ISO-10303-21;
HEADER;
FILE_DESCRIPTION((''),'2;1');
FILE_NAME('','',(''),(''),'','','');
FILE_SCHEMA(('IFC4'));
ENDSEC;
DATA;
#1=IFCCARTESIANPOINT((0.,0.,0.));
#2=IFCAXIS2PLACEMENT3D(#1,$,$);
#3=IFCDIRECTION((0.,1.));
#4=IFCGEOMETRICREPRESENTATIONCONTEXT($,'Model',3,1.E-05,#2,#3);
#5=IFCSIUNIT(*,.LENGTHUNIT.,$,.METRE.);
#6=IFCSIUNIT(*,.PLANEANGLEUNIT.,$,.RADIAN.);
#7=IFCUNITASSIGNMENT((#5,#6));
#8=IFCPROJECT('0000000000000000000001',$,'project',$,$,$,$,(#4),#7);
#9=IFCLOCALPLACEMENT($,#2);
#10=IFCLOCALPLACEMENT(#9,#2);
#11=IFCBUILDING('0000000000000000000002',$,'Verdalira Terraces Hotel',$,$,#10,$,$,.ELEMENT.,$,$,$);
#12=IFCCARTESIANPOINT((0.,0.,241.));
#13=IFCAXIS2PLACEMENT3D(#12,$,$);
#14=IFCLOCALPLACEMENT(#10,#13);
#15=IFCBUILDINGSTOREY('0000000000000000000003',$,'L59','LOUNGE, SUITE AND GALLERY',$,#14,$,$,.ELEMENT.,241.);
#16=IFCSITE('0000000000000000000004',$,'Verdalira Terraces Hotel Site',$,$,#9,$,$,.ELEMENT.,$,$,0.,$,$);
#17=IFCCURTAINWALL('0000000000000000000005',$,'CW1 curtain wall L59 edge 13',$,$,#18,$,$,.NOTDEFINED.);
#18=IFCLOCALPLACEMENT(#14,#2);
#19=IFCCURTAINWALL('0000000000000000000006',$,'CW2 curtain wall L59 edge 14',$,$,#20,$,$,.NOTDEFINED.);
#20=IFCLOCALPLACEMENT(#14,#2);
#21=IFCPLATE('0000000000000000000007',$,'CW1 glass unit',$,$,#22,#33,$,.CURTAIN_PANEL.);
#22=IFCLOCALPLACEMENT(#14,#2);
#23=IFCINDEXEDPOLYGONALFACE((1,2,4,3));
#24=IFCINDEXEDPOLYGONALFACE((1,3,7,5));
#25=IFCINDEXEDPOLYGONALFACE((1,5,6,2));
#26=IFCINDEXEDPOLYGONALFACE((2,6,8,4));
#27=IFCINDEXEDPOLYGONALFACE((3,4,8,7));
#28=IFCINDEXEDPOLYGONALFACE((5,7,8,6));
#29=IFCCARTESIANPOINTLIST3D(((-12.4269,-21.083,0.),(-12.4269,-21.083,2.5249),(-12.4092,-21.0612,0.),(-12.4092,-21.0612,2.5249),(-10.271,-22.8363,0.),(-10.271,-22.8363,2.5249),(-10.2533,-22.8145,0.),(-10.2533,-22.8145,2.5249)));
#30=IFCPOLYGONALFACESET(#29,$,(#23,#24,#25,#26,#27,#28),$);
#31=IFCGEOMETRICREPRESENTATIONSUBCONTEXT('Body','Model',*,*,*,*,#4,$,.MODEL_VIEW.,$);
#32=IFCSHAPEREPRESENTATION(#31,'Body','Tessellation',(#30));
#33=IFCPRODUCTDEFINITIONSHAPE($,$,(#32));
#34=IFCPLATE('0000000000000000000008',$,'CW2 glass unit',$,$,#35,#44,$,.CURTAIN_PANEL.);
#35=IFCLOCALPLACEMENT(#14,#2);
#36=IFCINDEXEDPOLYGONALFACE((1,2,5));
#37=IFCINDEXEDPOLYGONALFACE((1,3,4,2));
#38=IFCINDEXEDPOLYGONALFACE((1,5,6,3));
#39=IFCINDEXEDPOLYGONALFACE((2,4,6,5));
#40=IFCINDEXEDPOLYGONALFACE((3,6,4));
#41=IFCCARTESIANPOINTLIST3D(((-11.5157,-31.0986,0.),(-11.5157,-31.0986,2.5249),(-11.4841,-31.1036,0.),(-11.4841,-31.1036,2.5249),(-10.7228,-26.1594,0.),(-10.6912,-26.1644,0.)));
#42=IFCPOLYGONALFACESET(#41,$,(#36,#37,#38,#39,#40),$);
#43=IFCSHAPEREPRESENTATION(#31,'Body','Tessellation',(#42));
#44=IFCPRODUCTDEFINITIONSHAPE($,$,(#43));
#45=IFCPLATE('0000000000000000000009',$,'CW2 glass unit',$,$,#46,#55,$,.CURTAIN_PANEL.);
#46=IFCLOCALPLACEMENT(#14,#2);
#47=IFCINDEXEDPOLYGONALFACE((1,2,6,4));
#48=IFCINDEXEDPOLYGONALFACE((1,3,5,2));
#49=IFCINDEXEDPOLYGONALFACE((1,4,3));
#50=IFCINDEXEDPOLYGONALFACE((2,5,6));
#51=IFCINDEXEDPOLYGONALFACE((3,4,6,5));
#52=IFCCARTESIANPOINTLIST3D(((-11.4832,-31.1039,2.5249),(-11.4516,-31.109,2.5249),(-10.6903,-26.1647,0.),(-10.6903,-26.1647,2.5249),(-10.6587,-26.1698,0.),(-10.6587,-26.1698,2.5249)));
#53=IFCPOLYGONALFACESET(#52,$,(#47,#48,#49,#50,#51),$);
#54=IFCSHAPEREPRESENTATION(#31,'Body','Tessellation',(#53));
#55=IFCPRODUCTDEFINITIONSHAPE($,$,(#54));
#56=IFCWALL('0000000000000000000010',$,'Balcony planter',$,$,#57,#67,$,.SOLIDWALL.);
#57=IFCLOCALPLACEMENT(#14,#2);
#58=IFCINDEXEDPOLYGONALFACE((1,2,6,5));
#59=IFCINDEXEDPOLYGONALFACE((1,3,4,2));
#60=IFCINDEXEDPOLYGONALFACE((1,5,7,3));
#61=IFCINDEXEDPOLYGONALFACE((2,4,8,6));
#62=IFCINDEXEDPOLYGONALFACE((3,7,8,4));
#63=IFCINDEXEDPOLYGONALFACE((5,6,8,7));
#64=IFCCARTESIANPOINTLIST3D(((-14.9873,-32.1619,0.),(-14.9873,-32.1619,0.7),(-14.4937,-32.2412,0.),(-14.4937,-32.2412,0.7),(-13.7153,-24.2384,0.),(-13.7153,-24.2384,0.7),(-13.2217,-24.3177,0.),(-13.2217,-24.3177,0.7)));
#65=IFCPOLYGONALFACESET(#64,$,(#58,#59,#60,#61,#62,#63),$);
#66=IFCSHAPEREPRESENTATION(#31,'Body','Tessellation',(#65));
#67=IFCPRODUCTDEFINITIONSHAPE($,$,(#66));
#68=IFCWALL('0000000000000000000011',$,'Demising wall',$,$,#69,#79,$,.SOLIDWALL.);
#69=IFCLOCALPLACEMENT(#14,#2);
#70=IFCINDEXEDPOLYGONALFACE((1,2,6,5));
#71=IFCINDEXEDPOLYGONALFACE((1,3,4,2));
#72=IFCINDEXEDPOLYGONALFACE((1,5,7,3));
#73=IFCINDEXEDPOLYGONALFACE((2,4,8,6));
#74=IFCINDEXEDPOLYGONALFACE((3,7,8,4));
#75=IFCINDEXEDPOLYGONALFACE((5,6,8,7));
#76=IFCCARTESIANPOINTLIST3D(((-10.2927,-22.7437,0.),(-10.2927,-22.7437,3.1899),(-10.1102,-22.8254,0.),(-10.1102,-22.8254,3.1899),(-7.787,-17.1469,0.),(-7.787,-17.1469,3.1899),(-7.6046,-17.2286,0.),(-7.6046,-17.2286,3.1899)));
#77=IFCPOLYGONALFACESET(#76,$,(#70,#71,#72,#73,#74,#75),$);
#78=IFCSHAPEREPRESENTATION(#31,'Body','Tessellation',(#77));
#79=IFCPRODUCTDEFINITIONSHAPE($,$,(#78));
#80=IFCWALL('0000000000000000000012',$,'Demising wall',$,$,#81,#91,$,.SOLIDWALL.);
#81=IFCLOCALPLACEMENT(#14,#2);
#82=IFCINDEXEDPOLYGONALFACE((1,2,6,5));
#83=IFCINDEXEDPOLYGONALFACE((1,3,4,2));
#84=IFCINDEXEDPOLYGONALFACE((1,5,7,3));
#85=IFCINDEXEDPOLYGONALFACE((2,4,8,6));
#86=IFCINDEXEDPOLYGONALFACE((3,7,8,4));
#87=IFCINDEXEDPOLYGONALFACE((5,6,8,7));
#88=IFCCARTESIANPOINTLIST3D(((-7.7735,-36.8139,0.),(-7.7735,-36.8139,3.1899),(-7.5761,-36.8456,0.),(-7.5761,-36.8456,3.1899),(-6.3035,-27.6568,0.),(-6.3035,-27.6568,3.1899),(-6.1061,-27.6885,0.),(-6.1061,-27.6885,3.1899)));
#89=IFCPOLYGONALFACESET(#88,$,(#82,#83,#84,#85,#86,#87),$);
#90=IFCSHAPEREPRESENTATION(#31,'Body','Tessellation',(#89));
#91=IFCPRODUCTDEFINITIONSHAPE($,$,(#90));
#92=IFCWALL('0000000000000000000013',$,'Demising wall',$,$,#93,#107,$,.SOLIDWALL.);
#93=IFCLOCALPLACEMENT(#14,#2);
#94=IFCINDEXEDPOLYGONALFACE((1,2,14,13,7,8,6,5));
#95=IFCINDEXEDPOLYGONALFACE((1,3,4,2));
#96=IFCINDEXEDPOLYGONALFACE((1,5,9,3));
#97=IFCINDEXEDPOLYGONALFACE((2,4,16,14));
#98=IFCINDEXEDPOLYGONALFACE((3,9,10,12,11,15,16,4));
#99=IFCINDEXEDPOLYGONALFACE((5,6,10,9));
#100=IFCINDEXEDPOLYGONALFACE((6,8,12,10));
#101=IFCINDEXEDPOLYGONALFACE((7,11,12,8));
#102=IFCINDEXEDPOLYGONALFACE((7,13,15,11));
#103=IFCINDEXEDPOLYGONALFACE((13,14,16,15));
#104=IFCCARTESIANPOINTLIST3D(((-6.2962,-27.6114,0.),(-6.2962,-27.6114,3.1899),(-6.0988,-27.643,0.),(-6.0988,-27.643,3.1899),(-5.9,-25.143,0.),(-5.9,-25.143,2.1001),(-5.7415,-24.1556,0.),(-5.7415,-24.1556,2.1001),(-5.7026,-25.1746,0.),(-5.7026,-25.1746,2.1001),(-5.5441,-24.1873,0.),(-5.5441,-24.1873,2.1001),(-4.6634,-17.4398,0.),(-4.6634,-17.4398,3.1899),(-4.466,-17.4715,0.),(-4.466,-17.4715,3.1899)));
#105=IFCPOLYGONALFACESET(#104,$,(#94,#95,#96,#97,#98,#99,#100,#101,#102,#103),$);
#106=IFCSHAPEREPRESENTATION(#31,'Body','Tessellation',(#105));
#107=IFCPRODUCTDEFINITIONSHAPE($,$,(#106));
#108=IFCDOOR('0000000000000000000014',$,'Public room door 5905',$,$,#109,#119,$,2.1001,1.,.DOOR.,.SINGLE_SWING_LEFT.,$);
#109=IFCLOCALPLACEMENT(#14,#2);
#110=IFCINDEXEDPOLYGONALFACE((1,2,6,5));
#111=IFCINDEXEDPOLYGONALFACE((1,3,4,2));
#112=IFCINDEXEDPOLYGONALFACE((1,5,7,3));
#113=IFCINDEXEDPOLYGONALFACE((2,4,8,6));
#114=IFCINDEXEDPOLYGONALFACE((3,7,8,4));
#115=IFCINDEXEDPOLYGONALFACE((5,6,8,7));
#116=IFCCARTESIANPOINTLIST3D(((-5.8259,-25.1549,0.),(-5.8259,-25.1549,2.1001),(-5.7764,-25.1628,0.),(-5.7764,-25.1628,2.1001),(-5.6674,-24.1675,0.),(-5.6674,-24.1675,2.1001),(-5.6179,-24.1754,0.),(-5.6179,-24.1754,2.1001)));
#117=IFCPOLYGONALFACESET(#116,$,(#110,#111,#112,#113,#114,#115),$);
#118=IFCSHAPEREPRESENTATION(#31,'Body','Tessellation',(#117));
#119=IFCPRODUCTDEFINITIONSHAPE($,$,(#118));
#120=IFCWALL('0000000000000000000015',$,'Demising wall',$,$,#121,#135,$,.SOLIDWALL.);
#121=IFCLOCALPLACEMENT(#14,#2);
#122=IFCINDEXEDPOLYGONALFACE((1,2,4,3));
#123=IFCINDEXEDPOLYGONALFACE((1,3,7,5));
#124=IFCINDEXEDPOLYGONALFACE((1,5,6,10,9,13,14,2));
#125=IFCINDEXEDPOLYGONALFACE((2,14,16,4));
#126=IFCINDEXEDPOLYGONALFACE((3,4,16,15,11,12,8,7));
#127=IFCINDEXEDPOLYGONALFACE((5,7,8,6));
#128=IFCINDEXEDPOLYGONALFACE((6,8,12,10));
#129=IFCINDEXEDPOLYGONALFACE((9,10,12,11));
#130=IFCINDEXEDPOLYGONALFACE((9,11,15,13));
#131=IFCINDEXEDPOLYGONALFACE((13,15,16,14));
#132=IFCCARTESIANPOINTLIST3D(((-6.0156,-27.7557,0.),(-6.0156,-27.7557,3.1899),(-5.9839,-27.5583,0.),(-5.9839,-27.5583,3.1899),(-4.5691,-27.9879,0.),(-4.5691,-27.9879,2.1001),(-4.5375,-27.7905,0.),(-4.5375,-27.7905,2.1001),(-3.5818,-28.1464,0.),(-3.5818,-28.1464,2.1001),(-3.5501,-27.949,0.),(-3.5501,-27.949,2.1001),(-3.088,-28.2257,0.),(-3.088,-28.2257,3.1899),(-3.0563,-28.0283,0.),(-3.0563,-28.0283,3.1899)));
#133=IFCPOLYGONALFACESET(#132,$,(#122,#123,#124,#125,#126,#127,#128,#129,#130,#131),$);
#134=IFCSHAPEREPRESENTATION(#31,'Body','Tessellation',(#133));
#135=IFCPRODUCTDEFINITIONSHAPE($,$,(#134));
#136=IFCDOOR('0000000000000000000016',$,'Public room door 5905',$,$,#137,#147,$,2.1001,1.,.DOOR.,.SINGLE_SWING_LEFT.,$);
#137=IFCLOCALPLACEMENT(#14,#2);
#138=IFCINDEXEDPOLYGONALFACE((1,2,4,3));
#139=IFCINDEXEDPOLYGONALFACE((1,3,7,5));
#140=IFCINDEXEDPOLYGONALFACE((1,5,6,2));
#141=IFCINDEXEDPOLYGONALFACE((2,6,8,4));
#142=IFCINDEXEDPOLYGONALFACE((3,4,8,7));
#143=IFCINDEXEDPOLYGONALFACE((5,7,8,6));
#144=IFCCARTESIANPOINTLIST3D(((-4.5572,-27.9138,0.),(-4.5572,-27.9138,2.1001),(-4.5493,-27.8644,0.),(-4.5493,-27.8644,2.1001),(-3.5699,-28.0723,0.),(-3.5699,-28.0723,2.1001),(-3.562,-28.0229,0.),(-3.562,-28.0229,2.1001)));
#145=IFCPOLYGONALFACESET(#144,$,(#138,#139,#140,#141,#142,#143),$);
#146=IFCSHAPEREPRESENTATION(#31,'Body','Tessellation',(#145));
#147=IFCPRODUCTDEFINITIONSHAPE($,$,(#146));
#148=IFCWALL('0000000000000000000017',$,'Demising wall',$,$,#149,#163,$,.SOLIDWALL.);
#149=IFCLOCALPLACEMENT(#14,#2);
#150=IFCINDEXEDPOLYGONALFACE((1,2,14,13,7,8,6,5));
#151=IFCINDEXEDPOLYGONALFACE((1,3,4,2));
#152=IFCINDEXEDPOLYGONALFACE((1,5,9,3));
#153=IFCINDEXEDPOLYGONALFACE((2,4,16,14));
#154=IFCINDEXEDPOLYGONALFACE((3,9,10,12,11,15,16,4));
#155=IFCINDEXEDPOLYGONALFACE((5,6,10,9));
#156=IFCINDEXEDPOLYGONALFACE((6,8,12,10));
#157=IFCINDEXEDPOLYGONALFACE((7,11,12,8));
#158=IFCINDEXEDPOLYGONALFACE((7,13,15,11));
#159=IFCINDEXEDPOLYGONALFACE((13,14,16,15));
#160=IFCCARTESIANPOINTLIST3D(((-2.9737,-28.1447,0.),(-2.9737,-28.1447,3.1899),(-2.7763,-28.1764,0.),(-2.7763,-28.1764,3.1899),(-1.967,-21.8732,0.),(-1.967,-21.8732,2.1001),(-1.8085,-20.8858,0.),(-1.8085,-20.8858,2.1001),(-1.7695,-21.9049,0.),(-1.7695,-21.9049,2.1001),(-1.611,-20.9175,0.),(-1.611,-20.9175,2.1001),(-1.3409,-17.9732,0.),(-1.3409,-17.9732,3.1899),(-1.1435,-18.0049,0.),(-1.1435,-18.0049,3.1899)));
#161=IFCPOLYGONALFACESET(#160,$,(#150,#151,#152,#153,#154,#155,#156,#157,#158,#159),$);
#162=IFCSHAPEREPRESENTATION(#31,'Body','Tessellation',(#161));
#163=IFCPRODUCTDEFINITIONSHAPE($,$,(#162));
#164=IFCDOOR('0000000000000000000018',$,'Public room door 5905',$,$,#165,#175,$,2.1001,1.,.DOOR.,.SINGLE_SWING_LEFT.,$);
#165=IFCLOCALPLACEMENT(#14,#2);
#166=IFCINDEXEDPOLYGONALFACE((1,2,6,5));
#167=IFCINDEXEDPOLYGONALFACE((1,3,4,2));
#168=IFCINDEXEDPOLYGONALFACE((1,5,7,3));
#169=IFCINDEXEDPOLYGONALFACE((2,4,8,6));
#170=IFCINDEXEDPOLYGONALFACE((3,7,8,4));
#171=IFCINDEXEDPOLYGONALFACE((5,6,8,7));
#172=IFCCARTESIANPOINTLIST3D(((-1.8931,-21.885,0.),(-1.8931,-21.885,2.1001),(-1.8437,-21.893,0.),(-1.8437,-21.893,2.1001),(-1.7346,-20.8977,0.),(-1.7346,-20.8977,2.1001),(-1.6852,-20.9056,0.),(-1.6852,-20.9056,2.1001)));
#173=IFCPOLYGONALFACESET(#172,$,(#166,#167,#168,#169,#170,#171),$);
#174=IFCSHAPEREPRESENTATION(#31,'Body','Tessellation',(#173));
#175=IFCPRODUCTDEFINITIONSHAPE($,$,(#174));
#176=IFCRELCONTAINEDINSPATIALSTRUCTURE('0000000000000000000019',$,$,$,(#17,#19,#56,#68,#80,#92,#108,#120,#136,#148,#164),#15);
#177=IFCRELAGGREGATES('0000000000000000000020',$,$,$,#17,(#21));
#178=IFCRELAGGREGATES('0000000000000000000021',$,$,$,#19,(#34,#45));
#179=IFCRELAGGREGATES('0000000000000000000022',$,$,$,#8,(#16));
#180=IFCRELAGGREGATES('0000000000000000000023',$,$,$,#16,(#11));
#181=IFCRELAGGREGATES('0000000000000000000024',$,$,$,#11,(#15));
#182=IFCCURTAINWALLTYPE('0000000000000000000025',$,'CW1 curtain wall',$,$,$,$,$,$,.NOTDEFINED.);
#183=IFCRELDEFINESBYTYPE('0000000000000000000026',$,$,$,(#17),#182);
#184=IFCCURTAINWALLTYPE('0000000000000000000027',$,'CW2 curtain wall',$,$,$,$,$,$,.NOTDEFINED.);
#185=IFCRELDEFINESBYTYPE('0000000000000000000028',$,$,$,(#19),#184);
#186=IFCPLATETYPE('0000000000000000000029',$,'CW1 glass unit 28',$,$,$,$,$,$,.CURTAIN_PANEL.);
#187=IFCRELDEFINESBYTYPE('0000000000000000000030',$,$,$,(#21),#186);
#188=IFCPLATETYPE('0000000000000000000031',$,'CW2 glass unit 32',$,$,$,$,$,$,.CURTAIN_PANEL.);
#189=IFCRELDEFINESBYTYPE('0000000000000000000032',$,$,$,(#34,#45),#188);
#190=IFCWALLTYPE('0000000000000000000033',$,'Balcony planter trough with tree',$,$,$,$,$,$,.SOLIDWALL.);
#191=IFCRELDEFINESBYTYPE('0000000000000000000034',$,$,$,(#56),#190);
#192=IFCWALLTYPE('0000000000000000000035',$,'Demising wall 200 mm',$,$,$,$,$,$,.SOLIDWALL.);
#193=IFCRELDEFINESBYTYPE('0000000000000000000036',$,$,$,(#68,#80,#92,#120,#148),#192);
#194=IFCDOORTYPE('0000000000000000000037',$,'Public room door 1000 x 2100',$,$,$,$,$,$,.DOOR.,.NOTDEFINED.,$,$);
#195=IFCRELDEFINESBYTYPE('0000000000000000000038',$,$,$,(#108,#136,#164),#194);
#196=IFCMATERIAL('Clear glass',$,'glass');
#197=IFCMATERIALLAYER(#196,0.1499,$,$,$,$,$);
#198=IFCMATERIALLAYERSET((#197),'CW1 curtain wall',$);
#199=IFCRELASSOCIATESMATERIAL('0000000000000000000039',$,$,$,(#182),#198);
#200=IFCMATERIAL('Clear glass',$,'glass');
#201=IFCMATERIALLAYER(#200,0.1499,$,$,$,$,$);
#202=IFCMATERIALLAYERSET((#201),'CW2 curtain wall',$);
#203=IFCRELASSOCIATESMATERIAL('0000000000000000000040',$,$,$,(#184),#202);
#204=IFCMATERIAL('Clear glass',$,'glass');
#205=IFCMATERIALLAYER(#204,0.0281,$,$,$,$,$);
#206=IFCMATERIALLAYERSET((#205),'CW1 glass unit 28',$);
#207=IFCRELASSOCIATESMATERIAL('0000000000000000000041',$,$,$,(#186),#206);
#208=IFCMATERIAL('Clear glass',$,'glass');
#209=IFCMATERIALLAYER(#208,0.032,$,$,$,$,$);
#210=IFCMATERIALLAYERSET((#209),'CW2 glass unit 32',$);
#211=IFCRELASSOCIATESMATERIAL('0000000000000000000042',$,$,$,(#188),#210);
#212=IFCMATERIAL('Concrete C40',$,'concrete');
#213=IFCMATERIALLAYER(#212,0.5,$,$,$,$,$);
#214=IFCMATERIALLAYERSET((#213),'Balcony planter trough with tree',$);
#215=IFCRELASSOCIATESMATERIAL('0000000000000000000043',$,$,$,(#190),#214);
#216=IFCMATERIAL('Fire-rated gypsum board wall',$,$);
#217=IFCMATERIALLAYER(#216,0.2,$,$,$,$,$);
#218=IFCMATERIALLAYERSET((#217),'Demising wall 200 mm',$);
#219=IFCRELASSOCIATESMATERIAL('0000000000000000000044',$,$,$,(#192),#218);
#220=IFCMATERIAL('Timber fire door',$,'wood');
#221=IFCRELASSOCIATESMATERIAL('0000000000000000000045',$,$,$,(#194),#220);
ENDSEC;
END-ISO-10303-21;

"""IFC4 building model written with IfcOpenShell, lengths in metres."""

from ifc_helpers import new_model, si_unit, direction, frame, frame_2d, origin, origin_2d, place, context, subcontext, project, spatial, polyline, rectangle, outline, extrude, material, layer, layer_set, type_object, element, fill, aggregate, save


model = new_model("IFC4")

# Units and contexts
model_context = context("Model", 3, precision=1e-05, world=origin(), true_north=direction((0.0, 1.0)))
body_context = subcontext(model_context, "Body", "Model", "MODEL_VIEW")
ifc_project = project(units=[si_unit("LENGTHUNIT", "METRE"), si_unit("PLANEANGLEUNIT", "RADIAN")], contexts=[model_context])

# Site, building, storey
site_placement = place(None, origin())
site = spatial("IfcSite", under=ifc_project, at=site_placement, Name="Verdalira Terraces Hotel Site", CompositionType="ELEMENT", RefElevation=0.0)
building_placement = place(site_placement, origin())
building = spatial("IfcBuilding", under=site, at=building_placement, Name="Verdalira Terraces Hotel", CompositionType="ELEMENT")
storey_placement = place(building_placement, frame((0.0, 0.0, 241.0)))
storey = spatial("IfcBuildingStorey", under=building, at=storey_placement, Name="L59", Description="LOUNGE, SUITE AND GALLERY", CompositionType="ELEMENT", Elevation=241.0)

# Curtain wall
ifc_material_1 = material(Name="Clear glass", Category="glass")
ifc_layer_1 = layer(ifc_material_1, 0.1499)
ifc_layer_set_1 = layer_set([ifc_layer_1], Name="CW1 curtain wall")
curtain_wall_type_1 = type_object("IfcCurtainWallType", Name="CW1 curtain wall", PredefinedType="NOTDEFINED", material=ifc_layer_set_1)
curtain_wall_1_placement = place(storey_placement, origin())
curtain_wall_1 = element("IfcCurtainWall", 1, at=curtain_wall_1_placement, inside=storey, type_object=curtain_wall_type_1, Name="CW1 curtain wall L59 edge 13", PredefinedType="NOTDEFINED")

# Curtain wall
ifc_material_2 = material(Name="Clear glass", Category="glass")
ifc_layer_2 = layer(ifc_material_2, 0.1499)
ifc_layer_set_2 = layer_set([ifc_layer_2], Name="CW2 curtain wall")
curtain_wall_type_2 = type_object("IfcCurtainWallType", Name="CW2 curtain wall", PredefinedType="NOTDEFINED", material=ifc_layer_set_2)
curtain_wall_2_placement = place(storey_placement, origin())
curtain_wall_2 = element("IfcCurtainWall", 2, at=curtain_wall_2_placement, inside=storey, type_object=curtain_wall_type_2, Name="CW2 curtain wall L59 edge 14", PredefinedType="NOTDEFINED")

# Plates
ifc_material_3 = material(Name="Clear glass", Category="glass")
ifc_layer_3 = layer(ifc_material_3, 0.0281)
ifc_layer_set_3 = layer_set([ifc_layer_3], Name="CW1 glass unit 28")
plate_type_1 = type_object("IfcPlateType", Name="CW1 glass unit 28", PredefinedType="CURTAIN_PANEL", material=ifc_layer_set_3)
plate_1_placement = place(storey_placement, frame((-11.3401, -21.9487, 0.0), z_axis=(0.0, 0.0, 1.0), x_axis=(0.775826, -0.630947, 0.0)))
plate_1 = element("IfcPlate", 3, at=plate_1_placement, type_object=plate_type_1, Name="CW1 glass unit", PredefinedType="CURTAIN_PANEL", context=body_context, shape_type="SweptSolid", body=[
    extrude(rectangle(XDim=2.7788, YDim=0.0281, at=origin_2d()), origin(), (0.0, 0.0, 1.0), 2.5249),
])
aggregate(curtain_wall_1, [plate_1])
ifc_material_4 = material(Name="Clear glass", Category="glass")
ifc_layer_4 = layer(ifc_material_4, 0.032)
ifc_layer_set_4 = layer_set([ifc_layer_4], Name="CW2 glass unit 32")
plate_type_2 = type_object("IfcPlateType", Name="CW2 glass unit 32", PredefinedType="CURTAIN_PANEL", material=ifc_layer_set_4)
plate_2_placement = place(storey_placement, frame((-11.0876, -28.634, 1.2625), z_axis=(-0.987359, 0.158503, 0.0), x_axis=(-0.158503, -0.987359, 0.0)))
plate_2 = element("IfcPlate", 4, at=plate_2_placement, type_object=plate_type_2, Name="CW2 glass unit", PredefinedType="CURTAIN_PANEL", context=body_context, shape_type="SweptSolid", body=[
    extrude(outline(polyline([(-2.5012, -1.2625), (2.5012, -1.2625), (2.5012, 1.2625), (-2.5012, -1.2625)])), origin(), (0.0, 0.0, 1.0), 0.032),
])
plate_3_placement = place(storey_placement, frame((-11.0552, -28.6394, 1.2625), z_axis=(-0.987359, 0.158503, 0.0), x_axis=(-0.158503, -0.987359, 0.0)))
plate_3 = element("IfcPlate", 5, at=plate_3_placement, type_object=plate_type_2, Name="CW2 glass unit", PredefinedType="CURTAIN_PANEL", context=body_context, shape_type="SweptSolid", body=[
    extrude(outline(polyline([(-2.5012, -1.2625), (2.5012, 1.2625), (-2.5012, 1.2625), (-2.5012, -1.2625)])), origin(), (0.0, 0.0, 1.0), 0.032),
])
aggregate(curtain_wall_2, [plate_2, plate_3])

# Walls
ifc_material_5 = material(Name="Concrete C40", Category="concrete")
ifc_layer_5 = layer(ifc_material_5, 0.5)
ifc_layer_set_5 = layer_set([ifc_layer_5], Name="Balcony planter trough with tree")
wall_type_1 = type_object("IfcWallType", Name="Balcony planter trough with tree", PredefinedType="SOLIDWALL", material=ifc_layer_set_5)
wall_1_placement = place(storey_placement, frame((-13.4685, -24.2781, 0.0), z_axis=(0.0, 0.0, 1.0), x_axis=(-0.158505, -0.987358, 0.0)))
element("IfcWall", 6, at=wall_1_placement, inside=storey, type_object=wall_type_1, Name="Balcony planter", PredefinedType="SOLIDWALL", context=body_context, shape_type="SweptSolid", body=[
    extrude(rectangle(XDim=8.0249, YDim=0.5, at=frame_2d((4.0125, 0.0))), origin(), (0.0, 0.0, 1.0), 0.7),
])
ifc_material_6 = material(Name="Fire-rated gypsum board wall")
ifc_layer_6 = layer(ifc_material_6, 0.2)
ifc_layer_set_6 = layer_set([ifc_layer_6], Name="Demising wall 200 mm")
wall_type_2 = type_object("IfcWallType", Name="Demising wall 200 mm", PredefinedType="SOLIDWALL", material=ifc_layer_set_6)
wall_2_placement = place(storey_placement, frame((-10.2014, -22.7844, 0.0), z_axis=(0.0, 0.0, 1.0), x_axis=(0.408616, 0.912707, 0.0)))
element("IfcWall", 7, at=wall_2_placement, inside=storey, type_object=wall_type_2, Name="Demising wall", PredefinedType="SOLIDWALL", context=body_context, shape_type="SweptSolid", body=[
    extrude(rectangle(XDim=6.1321, YDim=0.2, at=frame_2d((3.0659, 0.0))), origin(), (0.0, 0.0, 1.0), 3.1899),
])
wall_3_placement = place(storey_placement, frame((-6.2048, -27.6726, 0.0), z_axis=(0.0, 0.0, 1.0), x_axis=(-0.158497, -0.98736, 0.0)))
element("IfcWall", 8, at=wall_3_placement, inside=storey, type_object=wall_type_2, Name="Demising wall", PredefinedType="SOLIDWALL", context=body_context, shape_type="SweptSolid", body=[
    extrude(rectangle(XDim=9.2744, YDim=0.2, at=frame_2d((4.6372, 0.0))), origin(), (0.0, 0.0, 1.0), 3.1899),
])

# Walls, openings, doors
wall_4_placement = place(storey_placement, frame((-6.1975, -27.6272, 0.0), z_axis=(0.0, 0.0, 1.0), x_axis=(0.158497, 0.987359, 0.0)))
wall_4 = element("IfcWall", 9, at=wall_4_placement, inside=storey, type_object=wall_type_2, Name="Demising wall", PredefinedType="SOLIDWALL", context=body_context, shape_type="SweptSolid", body=[
    extrude(rectangle(XDim=10.3018, YDim=0.2, at=frame_2d((5.1509, 0.0))), origin(), (0.0, 0.0, 1.0), 3.1899),
])
opening_1_placement = place(wall_4_placement, frame((2.5, 0.0, 0.0)))
opening_1 = element("IfcOpeningElement", 10, at=opening_1_placement, cuts=wall_4, PredefinedType="OPENING", context=body_context, shape_type="SweptSolid", body=[
    extrude(rectangle(XDim=1.0, YDim=2.1001, at=frame_2d((0.5, 1.05))), frame((0.0, 0.1099, 0.0), z_axis=(0.0, -1.0, 0.0), x_axis=(1.0, 0.0, 0.0)), (0.0, 0.0, 1.0), 0.22),
])
ifc_material_7 = material(Name="Timber fire door", Category="wood")
door_type_1 = type_object("IfcDoorType", Name="Public room door 1000 x 2100", OperationType="NOTDEFINED", PredefinedType="DOOR", material=ifc_material_7)
door_1_placement = place(opening_1_placement, origin())
door_1 = element("IfcDoor", 11, at=door_1_placement, inside=storey, type_object=door_type_1, Name="Public room door 5905", OperationType="SINGLE_SWING_LEFT", OverallHeight=2.1001, OverallWidth=1.0, PredefinedType="DOOR", context=body_context, shape_type="SweptSolid", body=[
    extrude(rectangle(XDim=1.0, YDim=2.1001, at=frame_2d((0.5, 1.05))), frame((0.0, 0.0249, 0.0), z_axis=(0.0, -1.0, 0.0), x_axis=(1.0, 0.0, 0.0)), (0.0, 0.0, 1.0), 0.05),
])
fill(opening_1, door_1)
wall_5_placement = place(storey_placement, frame((-3.0723, -28.127, 0.0), z_axis=(0.0, 0.0, 1.0), x_axis=(-0.987358, 0.158508, 0.0)))
wall_5 = element("IfcWall", 12, at=wall_5_placement, inside=storey, type_object=wall_type_2, Name="Demising wall", PredefinedType="SOLIDWALL", context=body_context, shape_type="SweptSolid", body=[
    extrude(rectangle(XDim=2.9651, YDim=0.2, at=frame_2d((1.4824, 0.0))), origin(), (0.0, 0.0, 1.0), 3.1899),
])
opening_2_placement = place(wall_5_placement, frame((0.5, 0.0, 0.0)))
opening_2 = element("IfcOpeningElement", 13, at=opening_2_placement, cuts=wall_5, PredefinedType="OPENING", context=body_context, shape_type="SweptSolid", body=[
    extrude(rectangle(XDim=1.0, YDim=2.1001, at=frame_2d((0.5, 1.05))), frame((0.0, 0.1099, 0.0), z_axis=(0.0, -1.0, 0.0), x_axis=(1.0, 0.0, 0.0)), (0.0, 0.0, 1.0), 0.22),
])
door_2_placement = place(opening_2_placement, origin())
door_2 = element("IfcDoor", 14, at=door_2_placement, inside=storey, type_object=door_type_1, Name="Public room door 5905", OperationType="SINGLE_SWING_LEFT", OverallHeight=2.1001, OverallWidth=1.0, PredefinedType="DOOR", context=body_context, shape_type="SweptSolid", body=[
    extrude(rectangle(XDim=1.0, YDim=2.1001, at=frame_2d((0.5, 1.05))), frame((0.0, 0.0249, 0.0), z_axis=(0.0, -1.0, 0.0), x_axis=(1.0, 0.0, 0.0)), (0.0, 0.0, 1.0), 0.05),
])
fill(opening_2, door_2)
wall_6_placement = place(storey_placement, frame((-1.2422, -17.989, 0.0), z_axis=(0.0, 0.0, 1.0), x_axis=(-0.158497, -0.987359, 0.0)))
wall_6 = element("IfcWall", 15, at=wall_6_placement, inside=storey, type_object=wall_type_2, Name="Demising wall", PredefinedType="SOLIDWALL", context=body_context, shape_type="SweptSolid", body=[
    extrude(rectangle(XDim=10.3018, YDim=0.2, at=frame_2d((5.1509, 0.0))), origin(), (0.0, 0.0, 1.0), 3.1899),
])
opening_3_placement = place(wall_6_placement, frame((2.95, 0.0, 0.0)))
opening_3 = element("IfcOpeningElement", 16, at=opening_3_placement, cuts=wall_6, PredefinedType="OPENING", context=body_context, shape_type="SweptSolid", body=[
    extrude(rectangle(XDim=1.0, YDim=2.1001, at=frame_2d((0.5, 1.05))), frame((0.0, 0.1099, 0.0), z_axis=(0.0, -1.0, 0.0), x_axis=(1.0, 0.0, 0.0)), (0.0, 0.0, 1.0), 0.22),
])
door_3_placement = place(opening_3_placement, origin())
door_3 = element("IfcDoor", 17, at=door_3_placement, inside=storey, type_object=door_type_1, Name="Public room door 5905", OperationType="SINGLE_SWING_LEFT", OverallHeight=2.1001, OverallWidth=1.0, PredefinedType="DOOR", context=body_context, shape_type="SweptSolid", body=[
    extrude(rectangle(XDim=1.0, YDim=2.1001, at=frame_2d((0.5, 1.05))), frame((0.0, 0.0249, 0.0), z_axis=(0.0, -1.0, 0.0), x_axis=(1.0, 0.0, 0.0)), (0.0, 0.0, 1.0), 0.05),
])
fill(opening_3, door_3)

save(model, "model.ifc")
